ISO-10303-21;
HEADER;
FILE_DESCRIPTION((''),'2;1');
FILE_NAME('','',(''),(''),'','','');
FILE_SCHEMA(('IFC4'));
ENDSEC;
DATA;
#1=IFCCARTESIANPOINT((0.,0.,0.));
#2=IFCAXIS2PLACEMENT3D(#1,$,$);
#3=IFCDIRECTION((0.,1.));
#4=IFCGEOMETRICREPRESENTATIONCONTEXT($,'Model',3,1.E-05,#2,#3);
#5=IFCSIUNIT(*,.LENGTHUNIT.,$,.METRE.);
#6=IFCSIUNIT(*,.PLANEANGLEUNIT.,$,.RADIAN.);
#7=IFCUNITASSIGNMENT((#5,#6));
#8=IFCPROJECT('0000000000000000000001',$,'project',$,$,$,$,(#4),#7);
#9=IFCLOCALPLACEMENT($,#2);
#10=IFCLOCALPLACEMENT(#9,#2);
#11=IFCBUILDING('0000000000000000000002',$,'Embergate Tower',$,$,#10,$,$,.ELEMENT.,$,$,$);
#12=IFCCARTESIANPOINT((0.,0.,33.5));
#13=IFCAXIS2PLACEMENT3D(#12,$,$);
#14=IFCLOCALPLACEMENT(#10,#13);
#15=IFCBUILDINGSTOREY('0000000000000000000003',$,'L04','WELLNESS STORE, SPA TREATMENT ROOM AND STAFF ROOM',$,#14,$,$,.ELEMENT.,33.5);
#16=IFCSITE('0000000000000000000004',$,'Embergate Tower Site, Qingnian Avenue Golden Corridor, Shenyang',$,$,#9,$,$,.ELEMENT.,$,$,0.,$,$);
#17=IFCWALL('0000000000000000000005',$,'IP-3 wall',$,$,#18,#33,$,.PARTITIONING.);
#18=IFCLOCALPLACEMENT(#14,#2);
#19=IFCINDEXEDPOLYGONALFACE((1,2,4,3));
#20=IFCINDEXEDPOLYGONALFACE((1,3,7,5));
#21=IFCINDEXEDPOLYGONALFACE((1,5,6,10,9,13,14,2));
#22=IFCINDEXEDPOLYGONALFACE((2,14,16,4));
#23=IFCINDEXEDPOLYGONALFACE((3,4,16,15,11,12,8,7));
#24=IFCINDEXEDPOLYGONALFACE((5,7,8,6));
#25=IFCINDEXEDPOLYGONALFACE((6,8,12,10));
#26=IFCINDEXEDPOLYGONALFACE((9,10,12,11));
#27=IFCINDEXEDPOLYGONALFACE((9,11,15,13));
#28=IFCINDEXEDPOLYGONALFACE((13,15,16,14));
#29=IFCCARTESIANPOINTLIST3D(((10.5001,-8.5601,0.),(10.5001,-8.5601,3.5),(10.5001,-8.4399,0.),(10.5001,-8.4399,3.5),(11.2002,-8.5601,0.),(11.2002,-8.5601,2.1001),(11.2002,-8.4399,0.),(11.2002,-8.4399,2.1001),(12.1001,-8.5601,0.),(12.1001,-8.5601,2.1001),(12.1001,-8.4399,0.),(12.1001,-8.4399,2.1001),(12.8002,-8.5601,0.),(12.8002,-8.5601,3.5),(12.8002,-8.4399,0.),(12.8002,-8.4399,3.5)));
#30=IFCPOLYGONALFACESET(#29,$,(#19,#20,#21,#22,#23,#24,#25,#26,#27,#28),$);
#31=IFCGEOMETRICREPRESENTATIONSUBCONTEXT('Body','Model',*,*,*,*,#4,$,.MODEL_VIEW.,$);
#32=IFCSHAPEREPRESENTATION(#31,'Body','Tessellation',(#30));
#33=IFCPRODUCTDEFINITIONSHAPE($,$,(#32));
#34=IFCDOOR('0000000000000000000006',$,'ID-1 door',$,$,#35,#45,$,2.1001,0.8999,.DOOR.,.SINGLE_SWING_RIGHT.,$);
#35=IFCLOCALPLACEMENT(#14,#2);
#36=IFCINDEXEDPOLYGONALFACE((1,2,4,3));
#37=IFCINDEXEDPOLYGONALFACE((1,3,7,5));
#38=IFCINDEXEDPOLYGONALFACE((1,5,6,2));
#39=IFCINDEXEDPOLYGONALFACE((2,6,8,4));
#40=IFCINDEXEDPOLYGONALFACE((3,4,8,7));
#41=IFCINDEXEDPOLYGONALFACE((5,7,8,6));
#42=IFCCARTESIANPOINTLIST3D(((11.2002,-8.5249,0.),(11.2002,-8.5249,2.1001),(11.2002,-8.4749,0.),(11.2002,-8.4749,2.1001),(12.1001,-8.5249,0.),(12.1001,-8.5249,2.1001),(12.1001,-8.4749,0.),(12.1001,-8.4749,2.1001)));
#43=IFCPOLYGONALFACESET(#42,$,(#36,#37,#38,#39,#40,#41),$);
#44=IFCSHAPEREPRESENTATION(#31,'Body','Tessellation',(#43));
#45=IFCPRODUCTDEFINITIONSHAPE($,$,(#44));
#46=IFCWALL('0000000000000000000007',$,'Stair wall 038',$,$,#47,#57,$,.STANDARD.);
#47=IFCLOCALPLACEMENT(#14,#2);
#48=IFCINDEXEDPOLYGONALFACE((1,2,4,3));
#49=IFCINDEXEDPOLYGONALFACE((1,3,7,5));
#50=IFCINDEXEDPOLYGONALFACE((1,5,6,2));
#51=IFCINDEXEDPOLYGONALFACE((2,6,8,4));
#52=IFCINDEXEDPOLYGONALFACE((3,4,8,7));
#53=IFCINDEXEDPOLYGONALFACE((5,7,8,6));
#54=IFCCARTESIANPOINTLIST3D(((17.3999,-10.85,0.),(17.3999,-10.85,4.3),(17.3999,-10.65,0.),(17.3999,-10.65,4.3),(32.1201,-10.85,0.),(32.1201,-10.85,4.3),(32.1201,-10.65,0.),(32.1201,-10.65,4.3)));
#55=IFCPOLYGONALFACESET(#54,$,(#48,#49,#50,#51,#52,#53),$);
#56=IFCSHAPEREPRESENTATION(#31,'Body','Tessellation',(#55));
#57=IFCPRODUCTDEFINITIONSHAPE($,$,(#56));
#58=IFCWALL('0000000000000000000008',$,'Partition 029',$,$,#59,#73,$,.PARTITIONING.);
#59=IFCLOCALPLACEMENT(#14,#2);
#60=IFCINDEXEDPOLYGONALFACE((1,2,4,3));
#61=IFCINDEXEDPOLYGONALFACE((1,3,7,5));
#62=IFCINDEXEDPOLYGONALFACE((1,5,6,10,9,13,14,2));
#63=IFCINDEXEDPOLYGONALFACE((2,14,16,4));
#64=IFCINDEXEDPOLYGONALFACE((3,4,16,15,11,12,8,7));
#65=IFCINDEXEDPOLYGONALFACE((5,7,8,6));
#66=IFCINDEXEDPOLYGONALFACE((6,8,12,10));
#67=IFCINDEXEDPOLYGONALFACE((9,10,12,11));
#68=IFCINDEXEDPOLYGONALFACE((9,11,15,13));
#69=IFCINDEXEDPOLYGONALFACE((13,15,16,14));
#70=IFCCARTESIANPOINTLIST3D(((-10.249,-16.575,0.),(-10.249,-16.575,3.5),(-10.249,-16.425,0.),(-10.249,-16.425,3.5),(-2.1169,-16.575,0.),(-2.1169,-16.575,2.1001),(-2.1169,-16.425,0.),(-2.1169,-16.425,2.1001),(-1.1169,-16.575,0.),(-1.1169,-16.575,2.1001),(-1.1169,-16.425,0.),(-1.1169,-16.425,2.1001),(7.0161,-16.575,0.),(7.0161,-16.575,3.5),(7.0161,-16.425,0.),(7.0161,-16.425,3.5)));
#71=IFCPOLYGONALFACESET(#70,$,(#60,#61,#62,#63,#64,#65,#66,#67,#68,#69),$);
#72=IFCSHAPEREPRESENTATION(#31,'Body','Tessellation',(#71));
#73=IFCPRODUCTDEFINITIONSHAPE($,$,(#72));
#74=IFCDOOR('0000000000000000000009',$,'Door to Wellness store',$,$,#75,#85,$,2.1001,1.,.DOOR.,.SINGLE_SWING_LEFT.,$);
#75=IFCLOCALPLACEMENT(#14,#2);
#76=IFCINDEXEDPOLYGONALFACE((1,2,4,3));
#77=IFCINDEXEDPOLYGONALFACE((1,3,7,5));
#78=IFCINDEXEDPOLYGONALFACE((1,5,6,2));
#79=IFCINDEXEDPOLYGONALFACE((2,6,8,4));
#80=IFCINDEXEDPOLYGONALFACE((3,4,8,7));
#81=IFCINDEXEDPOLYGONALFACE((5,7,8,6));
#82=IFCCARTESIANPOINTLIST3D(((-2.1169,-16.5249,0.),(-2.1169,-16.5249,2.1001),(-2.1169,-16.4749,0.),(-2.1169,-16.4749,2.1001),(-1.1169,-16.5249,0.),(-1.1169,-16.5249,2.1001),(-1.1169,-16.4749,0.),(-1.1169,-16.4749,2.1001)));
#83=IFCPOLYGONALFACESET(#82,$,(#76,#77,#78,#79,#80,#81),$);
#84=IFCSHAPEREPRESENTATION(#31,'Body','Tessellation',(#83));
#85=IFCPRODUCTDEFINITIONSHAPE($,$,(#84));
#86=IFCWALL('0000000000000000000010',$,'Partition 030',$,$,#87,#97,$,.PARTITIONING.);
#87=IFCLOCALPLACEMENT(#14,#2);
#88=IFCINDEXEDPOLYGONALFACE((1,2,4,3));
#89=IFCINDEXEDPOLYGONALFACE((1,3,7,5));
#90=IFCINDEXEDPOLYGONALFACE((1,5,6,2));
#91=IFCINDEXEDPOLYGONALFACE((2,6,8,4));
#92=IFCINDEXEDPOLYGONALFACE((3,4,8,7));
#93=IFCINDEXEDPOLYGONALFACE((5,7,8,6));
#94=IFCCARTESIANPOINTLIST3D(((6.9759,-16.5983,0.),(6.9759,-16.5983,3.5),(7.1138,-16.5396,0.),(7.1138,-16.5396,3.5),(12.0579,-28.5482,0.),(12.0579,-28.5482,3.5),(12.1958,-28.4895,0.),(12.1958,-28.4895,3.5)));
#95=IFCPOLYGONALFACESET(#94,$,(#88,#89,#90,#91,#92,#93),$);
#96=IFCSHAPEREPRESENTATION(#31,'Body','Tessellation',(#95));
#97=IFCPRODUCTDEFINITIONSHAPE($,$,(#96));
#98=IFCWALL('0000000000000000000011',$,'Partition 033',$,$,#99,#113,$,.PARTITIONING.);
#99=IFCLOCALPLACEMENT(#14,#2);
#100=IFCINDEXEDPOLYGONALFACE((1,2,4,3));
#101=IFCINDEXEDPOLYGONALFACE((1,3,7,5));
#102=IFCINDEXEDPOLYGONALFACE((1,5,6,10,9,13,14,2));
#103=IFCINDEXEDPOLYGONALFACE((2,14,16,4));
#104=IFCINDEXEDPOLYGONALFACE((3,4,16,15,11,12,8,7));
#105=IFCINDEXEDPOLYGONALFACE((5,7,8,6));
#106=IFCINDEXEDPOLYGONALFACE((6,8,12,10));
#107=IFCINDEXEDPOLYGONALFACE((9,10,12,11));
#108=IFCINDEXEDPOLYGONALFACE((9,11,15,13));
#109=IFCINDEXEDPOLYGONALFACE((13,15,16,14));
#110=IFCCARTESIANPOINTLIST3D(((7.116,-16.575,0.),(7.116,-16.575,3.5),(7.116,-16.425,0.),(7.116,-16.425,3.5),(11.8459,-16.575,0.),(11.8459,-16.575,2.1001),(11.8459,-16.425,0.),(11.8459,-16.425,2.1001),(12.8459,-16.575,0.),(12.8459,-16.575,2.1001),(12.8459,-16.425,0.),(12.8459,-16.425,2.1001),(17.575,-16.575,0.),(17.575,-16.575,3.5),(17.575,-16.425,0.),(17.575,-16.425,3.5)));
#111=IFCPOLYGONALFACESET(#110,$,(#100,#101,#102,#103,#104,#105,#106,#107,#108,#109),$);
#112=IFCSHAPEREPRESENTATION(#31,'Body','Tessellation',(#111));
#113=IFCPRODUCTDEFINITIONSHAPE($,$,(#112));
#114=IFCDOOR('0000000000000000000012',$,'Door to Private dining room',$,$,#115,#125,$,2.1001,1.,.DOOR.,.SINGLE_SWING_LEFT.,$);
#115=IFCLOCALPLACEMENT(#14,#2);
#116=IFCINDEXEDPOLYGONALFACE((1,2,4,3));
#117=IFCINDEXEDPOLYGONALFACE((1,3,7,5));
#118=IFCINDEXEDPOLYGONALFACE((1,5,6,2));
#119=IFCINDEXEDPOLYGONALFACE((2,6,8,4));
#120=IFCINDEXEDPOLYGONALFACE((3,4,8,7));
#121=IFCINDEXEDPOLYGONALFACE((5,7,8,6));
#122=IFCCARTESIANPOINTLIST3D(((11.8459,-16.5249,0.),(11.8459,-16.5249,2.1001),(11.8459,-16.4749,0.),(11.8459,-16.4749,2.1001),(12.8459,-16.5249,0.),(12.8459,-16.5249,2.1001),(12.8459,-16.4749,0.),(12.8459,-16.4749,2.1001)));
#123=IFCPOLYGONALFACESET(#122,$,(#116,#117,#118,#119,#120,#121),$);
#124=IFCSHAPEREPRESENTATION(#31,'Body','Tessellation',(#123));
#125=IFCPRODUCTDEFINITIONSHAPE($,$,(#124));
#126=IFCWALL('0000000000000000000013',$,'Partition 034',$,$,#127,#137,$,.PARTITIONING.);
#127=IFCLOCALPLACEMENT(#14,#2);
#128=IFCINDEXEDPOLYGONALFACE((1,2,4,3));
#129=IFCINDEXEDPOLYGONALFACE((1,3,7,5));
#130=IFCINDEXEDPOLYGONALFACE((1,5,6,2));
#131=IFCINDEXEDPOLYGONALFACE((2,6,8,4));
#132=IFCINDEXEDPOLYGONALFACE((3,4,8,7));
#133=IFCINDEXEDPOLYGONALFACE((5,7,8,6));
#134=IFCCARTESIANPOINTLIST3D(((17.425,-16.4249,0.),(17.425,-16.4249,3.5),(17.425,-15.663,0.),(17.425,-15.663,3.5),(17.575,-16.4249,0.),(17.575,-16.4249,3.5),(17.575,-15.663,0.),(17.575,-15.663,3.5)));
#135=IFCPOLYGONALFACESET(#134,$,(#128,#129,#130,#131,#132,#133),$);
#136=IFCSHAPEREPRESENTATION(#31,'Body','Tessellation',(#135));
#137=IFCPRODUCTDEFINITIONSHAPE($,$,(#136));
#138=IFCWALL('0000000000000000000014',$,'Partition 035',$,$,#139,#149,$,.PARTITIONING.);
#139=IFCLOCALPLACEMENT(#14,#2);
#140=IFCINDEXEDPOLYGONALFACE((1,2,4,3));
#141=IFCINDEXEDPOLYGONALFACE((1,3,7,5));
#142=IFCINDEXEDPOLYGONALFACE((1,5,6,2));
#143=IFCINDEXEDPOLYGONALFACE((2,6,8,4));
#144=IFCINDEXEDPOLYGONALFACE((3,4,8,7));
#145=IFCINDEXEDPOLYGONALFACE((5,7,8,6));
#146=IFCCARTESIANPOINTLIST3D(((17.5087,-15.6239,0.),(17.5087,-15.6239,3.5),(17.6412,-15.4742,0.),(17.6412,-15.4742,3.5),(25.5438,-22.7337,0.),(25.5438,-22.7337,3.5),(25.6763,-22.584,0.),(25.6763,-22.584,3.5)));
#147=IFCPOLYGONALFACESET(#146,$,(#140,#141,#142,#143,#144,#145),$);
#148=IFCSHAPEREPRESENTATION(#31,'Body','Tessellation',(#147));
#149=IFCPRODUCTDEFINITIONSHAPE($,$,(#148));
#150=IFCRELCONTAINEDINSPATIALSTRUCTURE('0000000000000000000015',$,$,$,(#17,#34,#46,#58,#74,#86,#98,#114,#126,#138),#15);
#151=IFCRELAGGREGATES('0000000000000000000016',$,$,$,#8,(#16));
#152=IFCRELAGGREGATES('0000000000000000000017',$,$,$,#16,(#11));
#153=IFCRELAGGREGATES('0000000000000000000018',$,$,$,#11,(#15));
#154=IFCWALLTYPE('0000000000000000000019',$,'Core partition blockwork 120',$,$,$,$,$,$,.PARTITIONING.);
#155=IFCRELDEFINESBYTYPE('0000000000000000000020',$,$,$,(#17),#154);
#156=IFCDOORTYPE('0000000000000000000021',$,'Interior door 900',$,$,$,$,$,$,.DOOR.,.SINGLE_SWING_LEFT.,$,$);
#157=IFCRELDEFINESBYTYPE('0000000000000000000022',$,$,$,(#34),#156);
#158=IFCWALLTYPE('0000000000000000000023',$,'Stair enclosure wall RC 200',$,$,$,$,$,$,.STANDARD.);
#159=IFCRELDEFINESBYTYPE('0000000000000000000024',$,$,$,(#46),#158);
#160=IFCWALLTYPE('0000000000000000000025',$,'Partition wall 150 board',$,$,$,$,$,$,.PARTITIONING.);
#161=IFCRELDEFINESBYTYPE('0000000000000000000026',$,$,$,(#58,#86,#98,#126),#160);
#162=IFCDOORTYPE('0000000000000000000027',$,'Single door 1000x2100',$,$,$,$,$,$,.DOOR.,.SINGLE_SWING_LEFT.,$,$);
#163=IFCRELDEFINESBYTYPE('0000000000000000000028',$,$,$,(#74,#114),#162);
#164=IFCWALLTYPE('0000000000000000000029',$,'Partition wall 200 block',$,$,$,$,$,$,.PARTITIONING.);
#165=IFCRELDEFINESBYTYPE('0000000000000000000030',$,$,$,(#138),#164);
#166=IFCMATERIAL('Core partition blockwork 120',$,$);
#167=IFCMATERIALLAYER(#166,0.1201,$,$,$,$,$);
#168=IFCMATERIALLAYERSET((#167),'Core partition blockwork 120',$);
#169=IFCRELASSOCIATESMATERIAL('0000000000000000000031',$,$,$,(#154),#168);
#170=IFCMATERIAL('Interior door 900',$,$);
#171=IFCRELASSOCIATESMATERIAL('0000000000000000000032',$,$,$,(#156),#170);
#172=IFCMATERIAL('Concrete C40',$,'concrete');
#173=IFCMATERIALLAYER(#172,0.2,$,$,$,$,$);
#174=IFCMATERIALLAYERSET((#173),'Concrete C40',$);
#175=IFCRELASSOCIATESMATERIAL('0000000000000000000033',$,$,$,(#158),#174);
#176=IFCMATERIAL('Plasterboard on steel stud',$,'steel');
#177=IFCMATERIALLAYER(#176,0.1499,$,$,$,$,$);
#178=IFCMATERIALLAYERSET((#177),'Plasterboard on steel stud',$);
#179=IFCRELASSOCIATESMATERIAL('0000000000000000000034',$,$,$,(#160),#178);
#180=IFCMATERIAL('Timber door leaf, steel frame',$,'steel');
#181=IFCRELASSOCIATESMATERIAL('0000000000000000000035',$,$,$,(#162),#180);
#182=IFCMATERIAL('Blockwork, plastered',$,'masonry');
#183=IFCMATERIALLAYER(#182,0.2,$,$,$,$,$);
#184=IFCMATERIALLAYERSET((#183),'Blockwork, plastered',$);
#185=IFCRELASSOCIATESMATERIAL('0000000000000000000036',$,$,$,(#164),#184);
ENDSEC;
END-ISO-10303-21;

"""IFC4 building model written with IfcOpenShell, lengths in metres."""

from ifc_helpers import new_model, si_unit, direction, frame, frame_2d, origin, place, context, subcontext, project, spatial, rectangle, extrude, source, transform, mapped, material, layer, layer_set, type_object, element, fill, save


model = new_model("IFC4")

# Units and contexts
model_context = context("Model", 3, precision=1e-05, world=origin(), true_north=direction((0.0, 1.0)))
body_context = subcontext(model_context, "Body", "Model", "MODEL_VIEW")
ifc_project = project(units=[si_unit("LENGTHUNIT", "METRE"), si_unit("PLANEANGLEUNIT", "RADIAN")], contexts=[model_context])

# Site, building, storey
site_placement = place(None, origin())
site = spatial("IfcSite", under=ifc_project, at=site_placement, Name="Embergate Tower Site, Qingnian Avenue Golden Corridor, Shenyang", CompositionType="ELEMENT", RefElevation=0.0)
building_placement = place(site_placement, origin())
building = spatial("IfcBuilding", under=site, at=building_placement, Name="Embergate Tower", CompositionType="ELEMENT")
storey_placement = place(building_placement, frame((0.0, 0.0, 33.5)))
storey = spatial("IfcBuildingStorey", under=building, at=storey_placement, Name="L04", Description="WELLNESS STORE, SPA TREATMENT ROOM AND STAFF ROOM", CompositionType="ELEMENT", Elevation=33.5)

# Shared definitions
ifc_material_1 = material(Name="Concrete C40", Category="concrete")

# Shared definitions
ifc_material_2 = material(Name="Core partition blockwork 120")
ifc_layer_1 = layer(ifc_material_2, 0.1201)
ifc_layer_set_1 = layer_set([ifc_layer_1], Name="Core partition blockwork 120")
wall_type_1 = type_object("IfcWallType", Name="Core partition blockwork 120", PredefinedType="PARTITIONING", material=ifc_layer_set_1)

# Wall, opening, door
shared_shape_1 = source(origin(), body_context, "Body", "SweptSolid", [
    extrude(rectangle(XDim=2.3, YDim=0.1201, at=frame_2d((1.1499, 0.0))), origin(), (0.0, 0.0, 1.0), 3.5),
])
wall_1_placement = place(storey_placement, frame((12.8, -8.5, 0.0), z_axis=(0.0, 0.0, 1.0), x_axis=(-1.0, 0.0, 0.0)))
wall_1 = element("IfcWall", 1, at=wall_1_placement, inside=storey, type_object=wall_type_1, Name="IP-3 wall", PredefinedType="PARTITIONING", context=body_context, shape_type="MappedRepresentation", body=[
    mapped(shared_shape_1, transform((0.0, 0.0, 0.0))),
])
shared_shape_2 = source(origin(), body_context, "Body", "SweptSolid", [
    extrude(rectangle(XDim=0.8999, YDim=2.1001, at=frame_2d((0.45, 1.05))), frame((0.0, 0.0701, 0.0), z_axis=(0.0, -1.0, 0.0), x_axis=(1.0, 0.0, 0.0)), (0.0, 0.0, 1.0), 0.1401),
])
opening_1_placement = place(wall_1_placement, frame((0.7, 0.0, 0.0)))
opening_1 = element("IfcOpeningElement", 2, at=opening_1_placement, cuts=wall_1, PredefinedType="OPENING", context=body_context, shape_type="MappedRepresentation", body=[
    mapped(shared_shape_2, transform((0.0, 0.0, 0.0))),
])
ifc_material_3 = material(Name="Interior door 900")
door_type_1 = type_object("IfcDoorType", Name="Interior door 900", OperationType="SINGLE_SWING_LEFT", PredefinedType="DOOR", material=ifc_material_3)
shared_shape_3 = source(origin(), body_context, "Body", "SweptSolid", [
    extrude(rectangle(XDim=0.8999, YDim=2.1001, at=frame_2d((0.45, 1.05))), frame((0.0, 0.0249, 0.0), z_axis=(0.0, -1.0, 0.0), x_axis=(1.0, 0.0, 0.0)), (0.0, 0.0, 1.0), 0.05),
])
door_1_placement = place(opening_1_placement, origin())
door_1 = element("IfcDoor", 3, at=door_1_placement, inside=storey, type_object=door_type_1, Name="ID-1 door", OperationType="SINGLE_SWING_RIGHT", OverallHeight=2.1001, OverallWidth=0.8999, PredefinedType="DOOR", context=body_context, shape_type="MappedRepresentation", body=[
    mapped(shared_shape_3, transform((0.0, 0.0, 0.0))),
])
fill(opening_1, door_1)

# Wall
ifc_layer_2 = layer(ifc_material_1, 0.2)
ifc_layer_set_2 = layer_set([ifc_layer_2], Name="Concrete C40")
wall_type_2 = type_object("IfcWallType", Name="Stair enclosure wall RC 200", PredefinedType="STANDARD", material=ifc_layer_set_2)
shared_shape_4 = source(origin(), body_context, "Body", "SweptSolid", [
    extrude(rectangle(XDim=14.7202, YDim=0.2, at=frame_2d((7.3601, 0.0))), origin(), (0.0, 0.0, 1.0), 4.3),
])
wall_2_placement = place(storey_placement, frame((17.3999, -10.75, 0.0), z_axis=(0.0, 0.0, 1.0), x_axis=(1.0, 0.0, 0.0)))
element("IfcWall", 4, at=wall_2_placement, inside=storey, type_object=wall_type_2, Name="Stair wall 038", PredefinedType="STANDARD", context=body_context, shape_type="MappedRepresentation", body=[
    mapped(shared_shape_4, transform((0.0, 0.0, 0.0))),
])

# Wall, opening, door
ifc_material_4 = material(Name="Plasterboard on steel stud", Category="steel")
ifc_layer_3 = layer(ifc_material_4, 0.1499)
ifc_layer_set_3 = layer_set([ifc_layer_3], Name="Plasterboard on steel stud")
wall_type_3 = type_object("IfcWallType", Name="Partition wall 150 board", PredefinedType="PARTITIONING", material=ifc_layer_set_3)
shared_shape_5 = source(origin(), body_context, "Body", "SweptSolid", [
    extrude(rectangle(XDim=17.2651, YDim=0.1499, at=frame_2d((8.6326, 0.0))), origin(), (0.0, 0.0, 1.0), 3.5),
])
wall_3_placement = place(storey_placement, frame((7.0161, -16.5, 0.0), z_axis=(0.0, 0.0, 1.0), x_axis=(-1.0, 0.0, 0.0)))
wall_3 = element("IfcWall", 5, at=wall_3_placement, inside=storey, type_object=wall_type_3, Name="Partition 029", PredefinedType="PARTITIONING", context=body_context, shape_type="MappedRepresentation", body=[
    mapped(shared_shape_5, transform((0.0, 0.0, 0.0))),
])
shared_shape_6 = source(origin(), body_context, "Body", "SweptSolid", [
    extrude(rectangle(XDim=1.0, YDim=2.1001, at=frame_2d((0.5, 1.05))), frame((0.0, 0.085, 0.0), z_axis=(0.0, -1.0, 0.0), x_axis=(1.0, 0.0, 0.0)), (0.0, 0.0, 1.0), 0.1699),
])
opening_2_placement = place(wall_3_placement, frame((8.1331, 0.0, 0.0)))
opening_2 = element("IfcOpeningElement", 6, at=opening_2_placement, cuts=wall_3, PredefinedType="OPENING", context=body_context, shape_type="MappedRepresentation", body=[
    mapped(shared_shape_6, transform((0.0, 0.0, 0.0))),
])
ifc_material_5 = material(Name="Timber door leaf, steel frame", Category="steel")
door_type_2 = type_object("IfcDoorType", Name="Single door 1000x2100", OperationType="SINGLE_SWING_LEFT", PredefinedType="DOOR", material=ifc_material_5)
shared_shape_7 = source(origin(), body_context, "Body", "SweptSolid", [
    extrude(rectangle(XDim=1.0, YDim=2.1001, at=frame_2d((0.5, 1.05))), frame((0.0, 0.0249, 0.0), z_axis=(0.0, -1.0, 0.0), x_axis=(1.0, 0.0, 0.0)), (0.0, 0.0, 1.0), 0.05),
])
door_2_placement = place(opening_2_placement, origin())
door_2 = element("IfcDoor", 7, at=door_2_placement, inside=storey, type_object=door_type_2, Name="Door to Wellness store", OperationType="SINGLE_SWING_LEFT", OverallHeight=2.1001, OverallWidth=1.0, PredefinedType="DOOR", context=body_context, shape_type="MappedRepresentation", body=[
    mapped(shared_shape_7, transform((0.0, 0.0, 0.0))),
])
fill(opening_2, door_2)

# Wall
shared_shape_8 = source(origin(), body_context, "Body", "SweptSolid", [
    extrude(rectangle(XDim=12.9856, YDim=0.1499, at=frame_2d((6.4927, 0.0))), origin(), (0.0, 0.0, 1.0), 3.5),
])
wall_4_placement = place(storey_placement, frame((7.0449, -16.5691, 0.0), z_axis=(0.0, 0.0, 1.0), x_axis=(0.391356, -0.920239, 0.0)))
element("IfcWall", 8, at=wall_4_placement, inside=storey, type_object=wall_type_3, Name="Partition 030", PredefinedType="PARTITIONING", context=body_context, shape_type="MappedRepresentation", body=[
    mapped(shared_shape_8, transform((0.0, 0.0, 0.0))),
])

# Wall, opening, door
shared_shape_9 = source(origin(), body_context, "Body", "SweptSolid", [
    extrude(rectangle(XDim=10.459, YDim=0.1499, at=frame_2d((5.2295, 0.0))), origin(), (0.0, 0.0, 1.0), 3.5),
])
wall_5_placement = place(storey_placement, frame((17.575, -16.5, 0.0), z_axis=(0.0, 0.0, 1.0), x_axis=(-1.0, 0.0, 0.0)))
wall_5 = element("IfcWall", 9, at=wall_5_placement, inside=storey, type_object=wall_type_3, Name="Partition 033", PredefinedType="PARTITIONING", context=body_context, shape_type="MappedRepresentation", body=[
    mapped(shared_shape_9, transform((0.0, 0.0, 0.0))),
])
opening_3_placement = place(wall_5_placement, frame((4.729, 0.0, 0.0)))
opening_3 = element("IfcOpeningElement", 10, at=opening_3_placement, cuts=wall_5, PredefinedType="OPENING", context=body_context, shape_type="MappedRepresentation", body=[
    mapped(shared_shape_6, transform((0.0, 0.0, 0.0))),
])
door_3_placement = place(opening_3_placement, origin())
door_3 = element("IfcDoor", 11, at=door_3_placement, inside=storey, type_object=door_type_2, Name="Door to Private dining room", OperationType="SINGLE_SWING_LEFT", OverallHeight=2.1001, OverallWidth=1.0, PredefinedType="DOOR", context=body_context, shape_type="MappedRepresentation", body=[
    mapped(shared_shape_7, transform((0.0, 0.0, 0.0))),
])
fill(opening_3, door_3)

# Walls
shared_shape_10 = source(origin(), body_context, "Body", "SweptSolid", [
    extrude(rectangle(XDim=0.762, YDim=0.1499, at=frame_2d((0.3809, 0.0))), origin(), (0.0, 0.0, 1.0), 3.5),
])
wall_6_placement = place(storey_placement, frame((17.5, -15.6631, 0.0), z_axis=(0.0, 0.0, 1.0), x_axis=(0.0, -1.0, 0.0)))
element("IfcWall", 12, at=wall_6_placement, inside=storey, type_object=wall_type_3, Name="Partition 034", PredefinedType="PARTITIONING", context=body_context, shape_type="MappedRepresentation", body=[
    mapped(shared_shape_10, transform((0.0, 0.0, 0.0))),
])
ifc_material_6 = material(Name="Blockwork, plastered", Category="masonry")
ifc_layer_4 = layer(ifc_material_6, 0.2)
ifc_layer_set_4 = layer_set([ifc_layer_4], Name="Blockwork, plastered")
wall_type_4 = type_object("IfcWallType", Name="Partition wall 200 block", PredefinedType="PARTITIONING", material=ifc_layer_set_4)
shared_shape_11 = source(origin(), body_context, "Body", "SweptSolid", [
    extrude(rectangle(XDim=10.729, YDim=0.2, at=frame_2d((5.3645, 0.0))), origin(), (0.0, 0.0, 1.0), 3.5),
])
wall_7_placement = place(storey_placement, frame((17.575, -15.5491, 0.0), z_axis=(0.0, 0.0, 1.0), x_axis=(0.748911, -0.66267, 0.0)))
element("IfcWall", 13, at=wall_7_placement, inside=storey, type_object=wall_type_4, Name="Partition 035", PredefinedType="PARTITIONING", context=body_context, shape_type="MappedRepresentation", body=[
    mapped(shared_shape_11, transform((0.0, 0.0, 0.0))),
])

save(model, "model.ifc")
